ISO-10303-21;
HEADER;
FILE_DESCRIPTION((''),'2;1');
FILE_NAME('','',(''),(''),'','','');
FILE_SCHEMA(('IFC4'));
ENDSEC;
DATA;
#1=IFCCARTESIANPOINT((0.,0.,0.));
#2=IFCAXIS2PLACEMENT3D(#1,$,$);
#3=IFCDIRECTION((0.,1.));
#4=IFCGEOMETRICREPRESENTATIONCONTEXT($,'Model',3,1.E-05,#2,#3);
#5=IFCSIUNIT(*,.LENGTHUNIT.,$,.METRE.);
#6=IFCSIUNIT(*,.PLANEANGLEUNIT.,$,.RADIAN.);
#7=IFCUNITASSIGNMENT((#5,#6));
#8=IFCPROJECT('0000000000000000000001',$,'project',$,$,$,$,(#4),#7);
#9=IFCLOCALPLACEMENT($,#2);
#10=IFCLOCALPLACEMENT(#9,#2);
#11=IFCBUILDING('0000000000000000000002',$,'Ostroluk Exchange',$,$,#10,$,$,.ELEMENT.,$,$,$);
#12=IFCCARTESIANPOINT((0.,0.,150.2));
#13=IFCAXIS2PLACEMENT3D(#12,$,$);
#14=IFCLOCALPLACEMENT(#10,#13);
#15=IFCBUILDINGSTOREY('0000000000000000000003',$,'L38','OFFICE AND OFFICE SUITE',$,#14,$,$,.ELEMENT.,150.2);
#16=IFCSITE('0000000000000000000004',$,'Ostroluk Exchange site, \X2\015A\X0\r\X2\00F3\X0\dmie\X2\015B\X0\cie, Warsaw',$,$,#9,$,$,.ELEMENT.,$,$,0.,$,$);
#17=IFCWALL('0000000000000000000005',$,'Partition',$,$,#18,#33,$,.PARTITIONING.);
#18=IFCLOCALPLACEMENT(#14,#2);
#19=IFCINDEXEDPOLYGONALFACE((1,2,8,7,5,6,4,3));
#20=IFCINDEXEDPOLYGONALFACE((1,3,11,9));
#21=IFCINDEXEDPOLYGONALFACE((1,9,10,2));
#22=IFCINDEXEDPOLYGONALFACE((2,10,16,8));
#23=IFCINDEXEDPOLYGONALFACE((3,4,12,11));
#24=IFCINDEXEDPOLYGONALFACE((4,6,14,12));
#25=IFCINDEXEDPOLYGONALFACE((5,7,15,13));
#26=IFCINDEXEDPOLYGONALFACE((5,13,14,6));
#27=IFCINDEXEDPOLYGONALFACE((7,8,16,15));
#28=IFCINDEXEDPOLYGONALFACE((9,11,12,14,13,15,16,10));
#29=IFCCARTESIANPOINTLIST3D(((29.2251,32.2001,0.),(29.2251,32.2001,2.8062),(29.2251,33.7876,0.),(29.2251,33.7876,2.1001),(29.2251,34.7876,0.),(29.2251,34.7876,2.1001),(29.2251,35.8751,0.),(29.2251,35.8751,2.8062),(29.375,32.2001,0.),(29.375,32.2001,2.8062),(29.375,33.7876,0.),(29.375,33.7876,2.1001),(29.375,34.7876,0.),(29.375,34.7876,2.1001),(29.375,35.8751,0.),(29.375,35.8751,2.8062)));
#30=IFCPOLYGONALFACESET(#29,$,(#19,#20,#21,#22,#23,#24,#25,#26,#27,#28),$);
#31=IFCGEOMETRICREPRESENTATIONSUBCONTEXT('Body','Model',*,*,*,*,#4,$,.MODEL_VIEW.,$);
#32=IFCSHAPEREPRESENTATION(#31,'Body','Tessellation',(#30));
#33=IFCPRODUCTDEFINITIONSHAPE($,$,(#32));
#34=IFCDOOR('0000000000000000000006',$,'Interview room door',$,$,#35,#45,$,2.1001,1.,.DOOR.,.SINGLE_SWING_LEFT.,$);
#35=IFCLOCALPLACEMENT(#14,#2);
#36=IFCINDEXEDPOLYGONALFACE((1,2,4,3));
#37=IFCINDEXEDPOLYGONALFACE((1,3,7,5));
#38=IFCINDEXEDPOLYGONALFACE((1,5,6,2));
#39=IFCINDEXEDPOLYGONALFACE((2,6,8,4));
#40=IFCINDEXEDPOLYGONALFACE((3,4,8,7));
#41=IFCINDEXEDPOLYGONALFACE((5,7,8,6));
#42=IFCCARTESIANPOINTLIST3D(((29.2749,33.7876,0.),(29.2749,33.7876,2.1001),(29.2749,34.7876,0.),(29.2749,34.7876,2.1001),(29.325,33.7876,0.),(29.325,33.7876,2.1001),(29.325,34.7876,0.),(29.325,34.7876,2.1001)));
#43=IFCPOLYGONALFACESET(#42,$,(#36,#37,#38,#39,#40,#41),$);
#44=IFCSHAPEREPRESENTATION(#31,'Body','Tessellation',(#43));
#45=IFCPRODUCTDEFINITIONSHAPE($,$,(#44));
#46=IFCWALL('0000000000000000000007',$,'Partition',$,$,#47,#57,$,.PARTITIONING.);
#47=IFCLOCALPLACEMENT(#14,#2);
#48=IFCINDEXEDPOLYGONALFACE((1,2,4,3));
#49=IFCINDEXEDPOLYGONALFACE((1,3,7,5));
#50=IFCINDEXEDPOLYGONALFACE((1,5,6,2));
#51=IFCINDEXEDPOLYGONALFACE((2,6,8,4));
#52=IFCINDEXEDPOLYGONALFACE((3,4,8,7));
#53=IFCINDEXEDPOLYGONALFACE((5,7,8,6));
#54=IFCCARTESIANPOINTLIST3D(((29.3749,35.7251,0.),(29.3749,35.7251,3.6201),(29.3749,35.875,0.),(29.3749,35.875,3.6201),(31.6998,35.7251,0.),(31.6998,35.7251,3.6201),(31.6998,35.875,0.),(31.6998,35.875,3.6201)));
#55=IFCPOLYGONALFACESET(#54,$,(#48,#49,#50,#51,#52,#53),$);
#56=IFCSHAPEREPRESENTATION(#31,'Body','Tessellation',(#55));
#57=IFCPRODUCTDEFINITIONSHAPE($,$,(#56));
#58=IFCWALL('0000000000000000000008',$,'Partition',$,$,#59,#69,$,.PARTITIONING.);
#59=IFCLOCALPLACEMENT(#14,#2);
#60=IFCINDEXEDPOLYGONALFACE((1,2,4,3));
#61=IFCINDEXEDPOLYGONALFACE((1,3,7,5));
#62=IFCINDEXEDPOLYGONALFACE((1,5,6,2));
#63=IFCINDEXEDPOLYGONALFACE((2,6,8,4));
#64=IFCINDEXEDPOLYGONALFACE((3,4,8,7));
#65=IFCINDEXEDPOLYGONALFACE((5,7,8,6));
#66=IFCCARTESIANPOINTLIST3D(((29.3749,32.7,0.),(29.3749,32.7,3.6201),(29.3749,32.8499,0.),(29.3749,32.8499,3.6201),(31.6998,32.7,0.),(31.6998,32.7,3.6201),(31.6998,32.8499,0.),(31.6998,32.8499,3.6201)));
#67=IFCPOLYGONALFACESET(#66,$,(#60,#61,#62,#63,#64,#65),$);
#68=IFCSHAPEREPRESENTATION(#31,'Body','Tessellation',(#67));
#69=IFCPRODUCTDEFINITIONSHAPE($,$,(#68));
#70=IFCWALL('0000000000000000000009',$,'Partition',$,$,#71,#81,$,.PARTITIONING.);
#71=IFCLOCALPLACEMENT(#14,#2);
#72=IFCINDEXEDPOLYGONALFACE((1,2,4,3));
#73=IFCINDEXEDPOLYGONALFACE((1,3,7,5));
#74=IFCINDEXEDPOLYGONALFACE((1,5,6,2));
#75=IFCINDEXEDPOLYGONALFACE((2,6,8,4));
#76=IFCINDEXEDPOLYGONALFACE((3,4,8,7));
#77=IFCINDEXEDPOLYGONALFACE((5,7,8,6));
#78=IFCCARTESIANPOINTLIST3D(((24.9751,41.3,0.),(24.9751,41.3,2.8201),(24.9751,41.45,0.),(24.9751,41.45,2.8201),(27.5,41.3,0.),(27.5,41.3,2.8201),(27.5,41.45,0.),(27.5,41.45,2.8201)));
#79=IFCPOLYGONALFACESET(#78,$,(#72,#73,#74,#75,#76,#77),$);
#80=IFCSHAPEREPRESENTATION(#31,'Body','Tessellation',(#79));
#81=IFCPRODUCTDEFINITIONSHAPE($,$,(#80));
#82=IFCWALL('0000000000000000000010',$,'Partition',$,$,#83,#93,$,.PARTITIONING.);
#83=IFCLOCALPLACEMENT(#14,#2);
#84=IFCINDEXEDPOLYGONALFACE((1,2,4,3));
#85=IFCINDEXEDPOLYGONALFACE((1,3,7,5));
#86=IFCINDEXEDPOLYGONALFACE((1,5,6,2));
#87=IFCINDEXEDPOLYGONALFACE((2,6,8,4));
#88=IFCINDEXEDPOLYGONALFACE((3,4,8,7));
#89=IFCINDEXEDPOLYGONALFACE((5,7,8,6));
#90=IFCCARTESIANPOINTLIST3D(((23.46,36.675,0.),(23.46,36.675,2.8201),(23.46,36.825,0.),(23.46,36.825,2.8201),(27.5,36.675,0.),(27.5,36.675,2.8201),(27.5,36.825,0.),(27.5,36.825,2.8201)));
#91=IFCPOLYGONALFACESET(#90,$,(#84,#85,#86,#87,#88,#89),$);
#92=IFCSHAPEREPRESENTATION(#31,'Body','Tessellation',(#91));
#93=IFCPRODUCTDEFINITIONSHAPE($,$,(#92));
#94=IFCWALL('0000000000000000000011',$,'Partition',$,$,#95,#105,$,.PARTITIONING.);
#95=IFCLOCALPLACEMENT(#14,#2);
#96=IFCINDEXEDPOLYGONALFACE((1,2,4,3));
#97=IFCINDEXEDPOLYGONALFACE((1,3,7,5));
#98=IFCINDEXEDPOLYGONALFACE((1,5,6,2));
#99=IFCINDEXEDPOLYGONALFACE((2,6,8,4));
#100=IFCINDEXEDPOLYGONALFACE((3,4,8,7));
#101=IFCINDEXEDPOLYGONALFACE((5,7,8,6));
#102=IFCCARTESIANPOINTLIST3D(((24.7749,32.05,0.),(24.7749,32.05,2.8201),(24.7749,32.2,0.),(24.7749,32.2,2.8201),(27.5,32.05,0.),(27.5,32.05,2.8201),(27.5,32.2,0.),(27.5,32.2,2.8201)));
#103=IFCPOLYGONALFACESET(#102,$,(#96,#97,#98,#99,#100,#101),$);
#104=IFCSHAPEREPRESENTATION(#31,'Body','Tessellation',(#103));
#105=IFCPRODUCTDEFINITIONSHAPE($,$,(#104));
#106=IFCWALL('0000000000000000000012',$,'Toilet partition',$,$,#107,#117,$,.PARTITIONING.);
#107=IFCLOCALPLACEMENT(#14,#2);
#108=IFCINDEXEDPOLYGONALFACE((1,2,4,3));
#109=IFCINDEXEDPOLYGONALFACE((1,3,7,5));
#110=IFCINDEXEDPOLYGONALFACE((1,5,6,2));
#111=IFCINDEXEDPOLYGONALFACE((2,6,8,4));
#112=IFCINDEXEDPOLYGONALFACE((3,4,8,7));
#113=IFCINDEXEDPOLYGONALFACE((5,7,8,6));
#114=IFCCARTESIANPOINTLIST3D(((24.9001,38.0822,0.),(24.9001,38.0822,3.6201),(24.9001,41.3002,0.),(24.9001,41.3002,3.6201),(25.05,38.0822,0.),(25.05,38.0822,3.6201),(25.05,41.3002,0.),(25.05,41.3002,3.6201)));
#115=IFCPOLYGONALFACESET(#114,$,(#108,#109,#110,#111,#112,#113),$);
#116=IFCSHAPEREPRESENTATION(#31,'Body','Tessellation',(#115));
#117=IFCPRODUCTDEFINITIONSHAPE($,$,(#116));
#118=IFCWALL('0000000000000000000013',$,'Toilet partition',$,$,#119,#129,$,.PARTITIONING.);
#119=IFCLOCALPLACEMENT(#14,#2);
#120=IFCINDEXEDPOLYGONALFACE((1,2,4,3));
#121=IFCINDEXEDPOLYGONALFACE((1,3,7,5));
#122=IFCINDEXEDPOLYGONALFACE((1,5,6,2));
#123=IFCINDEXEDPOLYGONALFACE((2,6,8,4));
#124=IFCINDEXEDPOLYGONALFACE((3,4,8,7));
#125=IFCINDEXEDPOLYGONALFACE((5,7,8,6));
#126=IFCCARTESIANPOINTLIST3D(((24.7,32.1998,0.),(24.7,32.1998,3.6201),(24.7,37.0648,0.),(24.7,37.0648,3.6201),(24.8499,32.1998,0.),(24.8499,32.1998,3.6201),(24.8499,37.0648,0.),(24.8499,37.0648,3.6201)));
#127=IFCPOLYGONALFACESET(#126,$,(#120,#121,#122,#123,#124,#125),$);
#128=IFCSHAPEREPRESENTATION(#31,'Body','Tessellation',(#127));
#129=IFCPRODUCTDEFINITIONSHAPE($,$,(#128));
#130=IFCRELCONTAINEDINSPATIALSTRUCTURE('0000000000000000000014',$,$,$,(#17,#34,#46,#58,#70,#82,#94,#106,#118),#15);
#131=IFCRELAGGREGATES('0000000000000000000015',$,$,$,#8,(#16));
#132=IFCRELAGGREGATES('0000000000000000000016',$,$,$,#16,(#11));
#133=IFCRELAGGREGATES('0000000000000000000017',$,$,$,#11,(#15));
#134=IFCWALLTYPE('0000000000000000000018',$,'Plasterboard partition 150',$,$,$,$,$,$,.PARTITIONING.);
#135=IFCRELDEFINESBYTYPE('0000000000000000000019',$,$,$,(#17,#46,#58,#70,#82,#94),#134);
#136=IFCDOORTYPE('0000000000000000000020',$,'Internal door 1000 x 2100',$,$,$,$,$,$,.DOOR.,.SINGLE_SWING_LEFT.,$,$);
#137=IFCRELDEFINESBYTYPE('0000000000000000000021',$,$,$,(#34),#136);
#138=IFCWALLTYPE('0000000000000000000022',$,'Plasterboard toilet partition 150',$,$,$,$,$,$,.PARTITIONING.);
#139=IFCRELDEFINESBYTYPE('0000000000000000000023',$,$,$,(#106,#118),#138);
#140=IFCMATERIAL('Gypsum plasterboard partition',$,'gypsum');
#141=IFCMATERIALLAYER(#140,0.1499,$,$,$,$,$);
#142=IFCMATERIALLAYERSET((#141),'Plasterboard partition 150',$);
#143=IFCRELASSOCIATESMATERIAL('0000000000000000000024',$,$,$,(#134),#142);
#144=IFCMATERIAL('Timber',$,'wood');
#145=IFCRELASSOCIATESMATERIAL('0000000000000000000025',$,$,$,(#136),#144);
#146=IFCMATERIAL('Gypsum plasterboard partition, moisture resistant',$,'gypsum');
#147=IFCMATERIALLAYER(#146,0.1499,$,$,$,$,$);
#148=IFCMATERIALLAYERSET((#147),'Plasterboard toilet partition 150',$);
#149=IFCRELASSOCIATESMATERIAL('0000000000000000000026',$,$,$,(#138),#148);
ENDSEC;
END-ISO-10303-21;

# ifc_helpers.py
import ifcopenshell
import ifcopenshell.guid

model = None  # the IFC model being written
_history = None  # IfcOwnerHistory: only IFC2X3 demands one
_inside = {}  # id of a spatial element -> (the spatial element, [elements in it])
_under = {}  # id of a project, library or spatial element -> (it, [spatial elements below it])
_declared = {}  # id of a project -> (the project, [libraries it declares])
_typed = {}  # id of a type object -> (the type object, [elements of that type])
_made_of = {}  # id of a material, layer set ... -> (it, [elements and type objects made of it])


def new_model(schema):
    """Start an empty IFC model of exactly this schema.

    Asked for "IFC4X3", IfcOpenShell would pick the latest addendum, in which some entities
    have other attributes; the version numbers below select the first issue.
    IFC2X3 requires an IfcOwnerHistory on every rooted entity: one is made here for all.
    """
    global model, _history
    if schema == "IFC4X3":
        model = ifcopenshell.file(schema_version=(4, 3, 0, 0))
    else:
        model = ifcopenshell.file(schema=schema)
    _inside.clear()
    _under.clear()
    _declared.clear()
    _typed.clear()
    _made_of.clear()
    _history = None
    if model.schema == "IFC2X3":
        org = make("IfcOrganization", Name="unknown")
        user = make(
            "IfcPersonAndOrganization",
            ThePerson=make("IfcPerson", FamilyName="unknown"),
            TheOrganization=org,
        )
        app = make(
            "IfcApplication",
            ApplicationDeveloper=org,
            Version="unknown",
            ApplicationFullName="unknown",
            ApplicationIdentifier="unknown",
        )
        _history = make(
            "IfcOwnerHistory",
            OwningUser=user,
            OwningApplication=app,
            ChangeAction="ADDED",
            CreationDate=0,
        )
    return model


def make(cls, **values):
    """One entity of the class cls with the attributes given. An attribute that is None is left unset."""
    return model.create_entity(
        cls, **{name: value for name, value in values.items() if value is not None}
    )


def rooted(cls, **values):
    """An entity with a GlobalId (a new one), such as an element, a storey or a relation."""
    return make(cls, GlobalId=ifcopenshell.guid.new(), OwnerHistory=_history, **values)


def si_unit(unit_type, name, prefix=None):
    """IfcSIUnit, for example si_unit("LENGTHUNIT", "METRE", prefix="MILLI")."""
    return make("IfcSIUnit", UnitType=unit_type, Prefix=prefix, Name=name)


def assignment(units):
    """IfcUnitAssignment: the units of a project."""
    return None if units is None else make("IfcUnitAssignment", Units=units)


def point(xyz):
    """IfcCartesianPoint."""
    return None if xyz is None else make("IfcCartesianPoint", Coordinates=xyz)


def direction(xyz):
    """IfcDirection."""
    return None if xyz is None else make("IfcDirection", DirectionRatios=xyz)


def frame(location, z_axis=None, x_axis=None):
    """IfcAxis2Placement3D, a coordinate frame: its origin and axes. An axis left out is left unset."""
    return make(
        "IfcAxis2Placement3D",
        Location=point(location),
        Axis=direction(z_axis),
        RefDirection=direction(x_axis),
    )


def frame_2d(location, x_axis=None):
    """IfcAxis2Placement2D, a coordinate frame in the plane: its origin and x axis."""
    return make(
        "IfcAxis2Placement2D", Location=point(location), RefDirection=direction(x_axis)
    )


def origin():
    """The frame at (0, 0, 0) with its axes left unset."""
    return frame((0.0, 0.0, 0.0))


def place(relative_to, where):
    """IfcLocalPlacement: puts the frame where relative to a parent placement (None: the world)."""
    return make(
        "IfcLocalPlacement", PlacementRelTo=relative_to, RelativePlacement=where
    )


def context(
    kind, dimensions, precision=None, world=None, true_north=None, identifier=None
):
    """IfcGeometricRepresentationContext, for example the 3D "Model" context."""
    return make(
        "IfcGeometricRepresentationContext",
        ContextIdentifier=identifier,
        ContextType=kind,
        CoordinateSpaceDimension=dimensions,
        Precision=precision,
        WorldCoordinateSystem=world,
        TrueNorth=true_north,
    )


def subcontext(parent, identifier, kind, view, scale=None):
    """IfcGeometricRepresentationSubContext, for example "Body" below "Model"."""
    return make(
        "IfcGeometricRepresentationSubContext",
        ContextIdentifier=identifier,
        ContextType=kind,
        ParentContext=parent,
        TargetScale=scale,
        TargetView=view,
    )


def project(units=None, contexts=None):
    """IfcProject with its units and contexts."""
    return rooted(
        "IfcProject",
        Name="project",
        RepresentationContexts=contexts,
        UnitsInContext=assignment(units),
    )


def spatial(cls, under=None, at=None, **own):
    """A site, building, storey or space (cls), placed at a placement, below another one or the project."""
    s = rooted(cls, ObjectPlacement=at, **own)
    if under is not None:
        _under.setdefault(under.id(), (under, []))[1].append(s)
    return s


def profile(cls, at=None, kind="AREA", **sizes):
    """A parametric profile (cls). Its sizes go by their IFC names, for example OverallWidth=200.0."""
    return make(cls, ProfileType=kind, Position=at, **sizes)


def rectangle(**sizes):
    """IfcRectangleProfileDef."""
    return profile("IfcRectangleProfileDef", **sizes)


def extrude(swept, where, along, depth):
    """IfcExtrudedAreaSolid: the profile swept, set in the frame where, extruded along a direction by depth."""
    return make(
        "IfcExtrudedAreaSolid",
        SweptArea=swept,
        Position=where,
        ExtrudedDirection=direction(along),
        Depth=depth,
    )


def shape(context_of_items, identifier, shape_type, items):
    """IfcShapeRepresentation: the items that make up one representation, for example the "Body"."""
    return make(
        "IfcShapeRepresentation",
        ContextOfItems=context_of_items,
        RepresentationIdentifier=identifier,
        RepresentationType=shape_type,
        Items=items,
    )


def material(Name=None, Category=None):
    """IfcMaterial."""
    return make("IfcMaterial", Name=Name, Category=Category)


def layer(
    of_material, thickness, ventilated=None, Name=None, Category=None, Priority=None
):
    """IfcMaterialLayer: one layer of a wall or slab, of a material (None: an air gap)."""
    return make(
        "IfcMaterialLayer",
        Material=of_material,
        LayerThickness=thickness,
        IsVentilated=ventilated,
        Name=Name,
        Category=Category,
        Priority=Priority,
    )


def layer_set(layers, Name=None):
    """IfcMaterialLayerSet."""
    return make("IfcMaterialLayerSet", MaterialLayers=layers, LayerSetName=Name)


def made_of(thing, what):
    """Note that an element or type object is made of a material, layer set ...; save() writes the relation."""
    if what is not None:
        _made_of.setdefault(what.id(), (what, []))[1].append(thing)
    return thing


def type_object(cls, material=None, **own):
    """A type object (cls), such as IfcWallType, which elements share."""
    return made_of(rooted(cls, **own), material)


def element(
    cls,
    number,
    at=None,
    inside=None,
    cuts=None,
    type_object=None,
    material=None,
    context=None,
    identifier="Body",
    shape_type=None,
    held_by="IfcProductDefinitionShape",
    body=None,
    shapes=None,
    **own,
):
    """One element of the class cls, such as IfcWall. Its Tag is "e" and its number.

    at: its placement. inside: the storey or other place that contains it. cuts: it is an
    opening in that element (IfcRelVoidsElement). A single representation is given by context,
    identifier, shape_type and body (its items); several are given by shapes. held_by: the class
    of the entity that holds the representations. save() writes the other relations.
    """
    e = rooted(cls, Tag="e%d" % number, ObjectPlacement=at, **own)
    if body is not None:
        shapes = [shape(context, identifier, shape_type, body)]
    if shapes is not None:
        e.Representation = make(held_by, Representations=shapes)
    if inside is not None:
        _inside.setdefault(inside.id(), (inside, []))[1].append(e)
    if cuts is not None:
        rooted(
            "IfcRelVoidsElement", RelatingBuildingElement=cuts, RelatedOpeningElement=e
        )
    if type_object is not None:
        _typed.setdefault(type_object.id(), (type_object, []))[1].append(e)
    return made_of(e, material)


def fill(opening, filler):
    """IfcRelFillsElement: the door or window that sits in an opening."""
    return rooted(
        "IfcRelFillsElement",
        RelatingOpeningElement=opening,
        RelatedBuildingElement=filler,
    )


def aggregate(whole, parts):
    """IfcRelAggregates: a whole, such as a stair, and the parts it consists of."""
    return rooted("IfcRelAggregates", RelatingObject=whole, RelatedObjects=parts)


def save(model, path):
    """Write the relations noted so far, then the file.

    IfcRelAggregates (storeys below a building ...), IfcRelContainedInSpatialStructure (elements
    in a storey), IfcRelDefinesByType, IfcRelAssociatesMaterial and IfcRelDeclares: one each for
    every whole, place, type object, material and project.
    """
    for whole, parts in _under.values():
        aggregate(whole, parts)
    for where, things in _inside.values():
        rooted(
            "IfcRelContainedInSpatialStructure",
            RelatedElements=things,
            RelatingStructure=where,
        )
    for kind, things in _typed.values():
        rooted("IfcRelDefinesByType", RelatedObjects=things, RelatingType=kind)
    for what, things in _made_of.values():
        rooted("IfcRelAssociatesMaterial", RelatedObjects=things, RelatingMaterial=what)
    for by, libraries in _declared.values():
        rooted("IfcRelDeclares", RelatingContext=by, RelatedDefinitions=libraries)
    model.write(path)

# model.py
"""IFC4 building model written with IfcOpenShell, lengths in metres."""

from ifc_helpers import new_model, si_unit, direction, frame, frame_2d, origin, place, context, subcontext, project, spatial, rectangle, extrude, material, layer, layer_set, type_object, element, fill, save


model = new_model("IFC4")

# Units and contexts
model_context = context("Model", 3, precision=1e-05, world=origin(), true_north=direction((0.0, 1.0)))
body_context = subcontext(model_context, "Body", "Model", "MODEL_VIEW")
ifc_project = project(units=[si_unit("LENGTHUNIT", "METRE"), si_unit("PLANEANGLEUNIT", "RADIAN")], contexts=[model_context])

# Site, building, storey
site_placement = place(None, origin())
site = spatial("IfcSite", under=ifc_project, at=site_placement, Name="Ostroluk Exchange site, Śródmieście, Warsaw", CompositionType="ELEMENT", RefElevation=0.0)
building_placement = place(site_placement, origin())
building = spatial("IfcBuilding", under=site, at=building_placement, Name="Ostroluk Exchange", CompositionType="ELEMENT")
storey_placement = place(building_placement, frame((0.0, 0.0, 150.2)))
storey = spatial("IfcBuildingStorey", under=building, at=storey_placement, Name="L38", Description="OFFICE AND OFFICE SUITE", CompositionType="ELEMENT", Elevation=150.2)

# Wall, opening, door
ifc_material_1 = material(Name="Gypsum plasterboard partition", Category="gypsum")
ifc_layer_1 = layer(ifc_material_1, 0.1499)
ifc_layer_set_1 = layer_set([ifc_layer_1], Name="Plasterboard partition 150")
wall_type_1 = type_object("IfcWallType", Name="Plasterboard partition 150", PredefinedType="PARTITIONING", material=ifc_layer_set_1)
wall_1_placement = place(storey_placement, frame((29.3, 35.875, 0.0), z_axis=(0.0, 0.0, 1.0), x_axis=(0.0, -1.0, 0.0)))
wall_1 = element("IfcWall", 1, at=wall_1_placement, inside=storey, type_object=wall_type_1, Name="Partition", PredefinedType="PARTITIONING", context=body_context, shape_type="SweptSolid", body=[
    extrude(rectangle(XDim=3.675, YDim=0.1499, at=frame_2d((1.8374, 0.0))), origin(), (0.0, 0.0, 1.0), 2.8062),
])
opening_1_placement = place(wall_1_placement, frame((1.0874, 0.0, 0.0)))
opening_1 = element("IfcOpeningElement", 2, at=opening_1_placement, cuts=wall_1, PredefinedType="OPENING", context=body_context, shape_type="SweptSolid", body=[
    extrude(rectangle(XDim=1.0, YDim=2.1001, at=frame_2d((0.5, 1.05))), frame((0.0, 0.085, 0.0), z_axis=(0.0, -1.0, 0.0), x_axis=(1.0, 0.0, 0.0)), (0.0, 0.0, 1.0), 0.1699),
])
ifc_material_2 = material(Name="Timber", Category="wood")
door_type_1 = type_object("IfcDoorType", Name="Internal door 1000 x 2100", OperationType="SINGLE_SWING_LEFT", PredefinedType="DOOR", material=ifc_material_2)
door_1_placement = place(opening_1_placement, origin())
door_1 = element("IfcDoor", 3, at=door_1_placement, inside=storey, type_object=door_type_1, Name="Interview room door", OperationType="SINGLE_SWING_LEFT", OverallHeight=2.1001, OverallWidth=1.0, PredefinedType="DOOR", context=body_context, shape_type="SweptSolid", body=[
    extrude(rectangle(XDim=1.0, YDim=2.1001, at=frame_2d((0.5, 1.05))), frame((0.0, 0.0249, 0.0), z_axis=(0.0, -1.0, 0.0), x_axis=(1.0, 0.0, 0.0)), (0.0, 0.0, 1.0), 0.05),
])
fill(opening_1, door_1)

# Walls
for number, where, z_axis, x_axis, name in (
    (4, (31.7, 35.8, 0.0), (0.0, 0.0, 1.0), (-1.0, 0.0, 0.0), "Partition"),
    (5, (31.7, 32.7749, 0.0), (0.0, 0.0, 1.0), (-1.0, 0.0, 0.0), "Partition"),
):
    element("IfcWall", number, at=place(storey_placement, frame(where, z_axis=z_axis, x_axis=x_axis)), inside=storey, type_object=wall_type_1, Name=name, PredefinedType="PARTITIONING", context=body_context, shape_type="SweptSolid", body=[
        extrude(rectangle(XDim=2.325, YDim=0.1499, at=frame_2d((1.1626, 0.0))), origin(), (0.0, 0.0, 1.0), 3.6201),
    ])
wall_2_placement = place(storey_placement, frame((27.5, 41.375, 0.0), z_axis=(0.0, 0.0, 1.0), x_axis=(-1.0, 0.0, 0.0)))
element("IfcWall", 6, at=wall_2_placement, inside=storey, type_object=wall_type_1, Name="Partition", PredefinedType="PARTITIONING", context=body_context, shape_type="SweptSolid", body=[
    extrude(rectangle(XDim=2.5249, YDim=0.1499, at=frame_2d((1.2625, 0.0))), origin(), (0.0, 0.0, 1.0), 2.8201),
])
wall_3_placement = place(storey_placement, frame((27.5, 36.75, 0.0), z_axis=(0.0, 0.0, 1.0), x_axis=(-1.0, 0.0, 0.0)))
element("IfcWall", 7, at=wall_3_placement, inside=storey, type_object=wall_type_1, Name="Partition", PredefinedType="PARTITIONING", context=body_context, shape_type="SweptSolid", body=[
    extrude(rectangle(XDim=4.04, YDim=0.1499, at=frame_2d((2.02, 0.0))), origin(), (0.0, 0.0, 1.0), 2.8201),
])
wall_4_placement = place(storey_placement, frame((27.5, 32.125, 0.0), z_axis=(0.0, 0.0, 1.0), x_axis=(-1.0, 0.0, 0.0)))
element("IfcWall", 8, at=wall_4_placement, inside=storey, type_object=wall_type_1, Name="Partition", PredefinedType="PARTITIONING", context=body_context, shape_type="SweptSolid", body=[
    extrude(rectangle(XDim=2.7251, YDim=0.1499, at=frame_2d((1.3625, 0.0))), origin(), (0.0, 0.0, 1.0), 2.8201),
])
ifc_material_3 = material(Name="Gypsum plasterboard partition, moisture resistant", Category="gypsum")
ifc_layer_2 = layer(ifc_material_3, 0.1499)
ifc_layer_set_2 = layer_set([ifc_layer_2], Name="Plasterboard toilet partition 150")
wall_type_2 = type_object("IfcWallType", Name="Plasterboard toilet partition 150", PredefinedType="PARTITIONING", material=ifc_layer_set_2)
wall_5_placement = place(storey_placement, frame((24.9751, 41.3, 0.0), z_axis=(0.0, 0.0, 1.0), x_axis=(0.0, -1.0, 0.0)))
element("IfcWall", 9, at=wall_5_placement, inside=storey, type_object=wall_type_2, Name="Toilet partition", PredefinedType="PARTITIONING", context=body_context, shape_type="SweptSolid", body=[
    extrude(rectangle(XDim=3.218, YDim=0.1499, at=frame_2d((1.6089, 0.0))), origin(), (0.0, 0.0, 1.0), 3.6201),
])
wall_6_placement = place(storey_placement, frame((24.7749, 37.0649, 0.0), z_axis=(0.0, 0.0, 1.0), x_axis=(0.0, -1.0, 0.0)))
element("IfcWall", 10, at=wall_6_placement, inside=storey, type_object=wall_type_2, Name="Toilet partition", PredefinedType="PARTITIONING", context=body_context, shape_type="SweptSolid", body=[
    extrude(rectangle(XDim=4.865, YDim=0.1499, at=frame_2d((2.4326, 0.0))), origin(), (0.0, 0.0, 1.0), 3.6201),
])

save(model, "model.ifc")
